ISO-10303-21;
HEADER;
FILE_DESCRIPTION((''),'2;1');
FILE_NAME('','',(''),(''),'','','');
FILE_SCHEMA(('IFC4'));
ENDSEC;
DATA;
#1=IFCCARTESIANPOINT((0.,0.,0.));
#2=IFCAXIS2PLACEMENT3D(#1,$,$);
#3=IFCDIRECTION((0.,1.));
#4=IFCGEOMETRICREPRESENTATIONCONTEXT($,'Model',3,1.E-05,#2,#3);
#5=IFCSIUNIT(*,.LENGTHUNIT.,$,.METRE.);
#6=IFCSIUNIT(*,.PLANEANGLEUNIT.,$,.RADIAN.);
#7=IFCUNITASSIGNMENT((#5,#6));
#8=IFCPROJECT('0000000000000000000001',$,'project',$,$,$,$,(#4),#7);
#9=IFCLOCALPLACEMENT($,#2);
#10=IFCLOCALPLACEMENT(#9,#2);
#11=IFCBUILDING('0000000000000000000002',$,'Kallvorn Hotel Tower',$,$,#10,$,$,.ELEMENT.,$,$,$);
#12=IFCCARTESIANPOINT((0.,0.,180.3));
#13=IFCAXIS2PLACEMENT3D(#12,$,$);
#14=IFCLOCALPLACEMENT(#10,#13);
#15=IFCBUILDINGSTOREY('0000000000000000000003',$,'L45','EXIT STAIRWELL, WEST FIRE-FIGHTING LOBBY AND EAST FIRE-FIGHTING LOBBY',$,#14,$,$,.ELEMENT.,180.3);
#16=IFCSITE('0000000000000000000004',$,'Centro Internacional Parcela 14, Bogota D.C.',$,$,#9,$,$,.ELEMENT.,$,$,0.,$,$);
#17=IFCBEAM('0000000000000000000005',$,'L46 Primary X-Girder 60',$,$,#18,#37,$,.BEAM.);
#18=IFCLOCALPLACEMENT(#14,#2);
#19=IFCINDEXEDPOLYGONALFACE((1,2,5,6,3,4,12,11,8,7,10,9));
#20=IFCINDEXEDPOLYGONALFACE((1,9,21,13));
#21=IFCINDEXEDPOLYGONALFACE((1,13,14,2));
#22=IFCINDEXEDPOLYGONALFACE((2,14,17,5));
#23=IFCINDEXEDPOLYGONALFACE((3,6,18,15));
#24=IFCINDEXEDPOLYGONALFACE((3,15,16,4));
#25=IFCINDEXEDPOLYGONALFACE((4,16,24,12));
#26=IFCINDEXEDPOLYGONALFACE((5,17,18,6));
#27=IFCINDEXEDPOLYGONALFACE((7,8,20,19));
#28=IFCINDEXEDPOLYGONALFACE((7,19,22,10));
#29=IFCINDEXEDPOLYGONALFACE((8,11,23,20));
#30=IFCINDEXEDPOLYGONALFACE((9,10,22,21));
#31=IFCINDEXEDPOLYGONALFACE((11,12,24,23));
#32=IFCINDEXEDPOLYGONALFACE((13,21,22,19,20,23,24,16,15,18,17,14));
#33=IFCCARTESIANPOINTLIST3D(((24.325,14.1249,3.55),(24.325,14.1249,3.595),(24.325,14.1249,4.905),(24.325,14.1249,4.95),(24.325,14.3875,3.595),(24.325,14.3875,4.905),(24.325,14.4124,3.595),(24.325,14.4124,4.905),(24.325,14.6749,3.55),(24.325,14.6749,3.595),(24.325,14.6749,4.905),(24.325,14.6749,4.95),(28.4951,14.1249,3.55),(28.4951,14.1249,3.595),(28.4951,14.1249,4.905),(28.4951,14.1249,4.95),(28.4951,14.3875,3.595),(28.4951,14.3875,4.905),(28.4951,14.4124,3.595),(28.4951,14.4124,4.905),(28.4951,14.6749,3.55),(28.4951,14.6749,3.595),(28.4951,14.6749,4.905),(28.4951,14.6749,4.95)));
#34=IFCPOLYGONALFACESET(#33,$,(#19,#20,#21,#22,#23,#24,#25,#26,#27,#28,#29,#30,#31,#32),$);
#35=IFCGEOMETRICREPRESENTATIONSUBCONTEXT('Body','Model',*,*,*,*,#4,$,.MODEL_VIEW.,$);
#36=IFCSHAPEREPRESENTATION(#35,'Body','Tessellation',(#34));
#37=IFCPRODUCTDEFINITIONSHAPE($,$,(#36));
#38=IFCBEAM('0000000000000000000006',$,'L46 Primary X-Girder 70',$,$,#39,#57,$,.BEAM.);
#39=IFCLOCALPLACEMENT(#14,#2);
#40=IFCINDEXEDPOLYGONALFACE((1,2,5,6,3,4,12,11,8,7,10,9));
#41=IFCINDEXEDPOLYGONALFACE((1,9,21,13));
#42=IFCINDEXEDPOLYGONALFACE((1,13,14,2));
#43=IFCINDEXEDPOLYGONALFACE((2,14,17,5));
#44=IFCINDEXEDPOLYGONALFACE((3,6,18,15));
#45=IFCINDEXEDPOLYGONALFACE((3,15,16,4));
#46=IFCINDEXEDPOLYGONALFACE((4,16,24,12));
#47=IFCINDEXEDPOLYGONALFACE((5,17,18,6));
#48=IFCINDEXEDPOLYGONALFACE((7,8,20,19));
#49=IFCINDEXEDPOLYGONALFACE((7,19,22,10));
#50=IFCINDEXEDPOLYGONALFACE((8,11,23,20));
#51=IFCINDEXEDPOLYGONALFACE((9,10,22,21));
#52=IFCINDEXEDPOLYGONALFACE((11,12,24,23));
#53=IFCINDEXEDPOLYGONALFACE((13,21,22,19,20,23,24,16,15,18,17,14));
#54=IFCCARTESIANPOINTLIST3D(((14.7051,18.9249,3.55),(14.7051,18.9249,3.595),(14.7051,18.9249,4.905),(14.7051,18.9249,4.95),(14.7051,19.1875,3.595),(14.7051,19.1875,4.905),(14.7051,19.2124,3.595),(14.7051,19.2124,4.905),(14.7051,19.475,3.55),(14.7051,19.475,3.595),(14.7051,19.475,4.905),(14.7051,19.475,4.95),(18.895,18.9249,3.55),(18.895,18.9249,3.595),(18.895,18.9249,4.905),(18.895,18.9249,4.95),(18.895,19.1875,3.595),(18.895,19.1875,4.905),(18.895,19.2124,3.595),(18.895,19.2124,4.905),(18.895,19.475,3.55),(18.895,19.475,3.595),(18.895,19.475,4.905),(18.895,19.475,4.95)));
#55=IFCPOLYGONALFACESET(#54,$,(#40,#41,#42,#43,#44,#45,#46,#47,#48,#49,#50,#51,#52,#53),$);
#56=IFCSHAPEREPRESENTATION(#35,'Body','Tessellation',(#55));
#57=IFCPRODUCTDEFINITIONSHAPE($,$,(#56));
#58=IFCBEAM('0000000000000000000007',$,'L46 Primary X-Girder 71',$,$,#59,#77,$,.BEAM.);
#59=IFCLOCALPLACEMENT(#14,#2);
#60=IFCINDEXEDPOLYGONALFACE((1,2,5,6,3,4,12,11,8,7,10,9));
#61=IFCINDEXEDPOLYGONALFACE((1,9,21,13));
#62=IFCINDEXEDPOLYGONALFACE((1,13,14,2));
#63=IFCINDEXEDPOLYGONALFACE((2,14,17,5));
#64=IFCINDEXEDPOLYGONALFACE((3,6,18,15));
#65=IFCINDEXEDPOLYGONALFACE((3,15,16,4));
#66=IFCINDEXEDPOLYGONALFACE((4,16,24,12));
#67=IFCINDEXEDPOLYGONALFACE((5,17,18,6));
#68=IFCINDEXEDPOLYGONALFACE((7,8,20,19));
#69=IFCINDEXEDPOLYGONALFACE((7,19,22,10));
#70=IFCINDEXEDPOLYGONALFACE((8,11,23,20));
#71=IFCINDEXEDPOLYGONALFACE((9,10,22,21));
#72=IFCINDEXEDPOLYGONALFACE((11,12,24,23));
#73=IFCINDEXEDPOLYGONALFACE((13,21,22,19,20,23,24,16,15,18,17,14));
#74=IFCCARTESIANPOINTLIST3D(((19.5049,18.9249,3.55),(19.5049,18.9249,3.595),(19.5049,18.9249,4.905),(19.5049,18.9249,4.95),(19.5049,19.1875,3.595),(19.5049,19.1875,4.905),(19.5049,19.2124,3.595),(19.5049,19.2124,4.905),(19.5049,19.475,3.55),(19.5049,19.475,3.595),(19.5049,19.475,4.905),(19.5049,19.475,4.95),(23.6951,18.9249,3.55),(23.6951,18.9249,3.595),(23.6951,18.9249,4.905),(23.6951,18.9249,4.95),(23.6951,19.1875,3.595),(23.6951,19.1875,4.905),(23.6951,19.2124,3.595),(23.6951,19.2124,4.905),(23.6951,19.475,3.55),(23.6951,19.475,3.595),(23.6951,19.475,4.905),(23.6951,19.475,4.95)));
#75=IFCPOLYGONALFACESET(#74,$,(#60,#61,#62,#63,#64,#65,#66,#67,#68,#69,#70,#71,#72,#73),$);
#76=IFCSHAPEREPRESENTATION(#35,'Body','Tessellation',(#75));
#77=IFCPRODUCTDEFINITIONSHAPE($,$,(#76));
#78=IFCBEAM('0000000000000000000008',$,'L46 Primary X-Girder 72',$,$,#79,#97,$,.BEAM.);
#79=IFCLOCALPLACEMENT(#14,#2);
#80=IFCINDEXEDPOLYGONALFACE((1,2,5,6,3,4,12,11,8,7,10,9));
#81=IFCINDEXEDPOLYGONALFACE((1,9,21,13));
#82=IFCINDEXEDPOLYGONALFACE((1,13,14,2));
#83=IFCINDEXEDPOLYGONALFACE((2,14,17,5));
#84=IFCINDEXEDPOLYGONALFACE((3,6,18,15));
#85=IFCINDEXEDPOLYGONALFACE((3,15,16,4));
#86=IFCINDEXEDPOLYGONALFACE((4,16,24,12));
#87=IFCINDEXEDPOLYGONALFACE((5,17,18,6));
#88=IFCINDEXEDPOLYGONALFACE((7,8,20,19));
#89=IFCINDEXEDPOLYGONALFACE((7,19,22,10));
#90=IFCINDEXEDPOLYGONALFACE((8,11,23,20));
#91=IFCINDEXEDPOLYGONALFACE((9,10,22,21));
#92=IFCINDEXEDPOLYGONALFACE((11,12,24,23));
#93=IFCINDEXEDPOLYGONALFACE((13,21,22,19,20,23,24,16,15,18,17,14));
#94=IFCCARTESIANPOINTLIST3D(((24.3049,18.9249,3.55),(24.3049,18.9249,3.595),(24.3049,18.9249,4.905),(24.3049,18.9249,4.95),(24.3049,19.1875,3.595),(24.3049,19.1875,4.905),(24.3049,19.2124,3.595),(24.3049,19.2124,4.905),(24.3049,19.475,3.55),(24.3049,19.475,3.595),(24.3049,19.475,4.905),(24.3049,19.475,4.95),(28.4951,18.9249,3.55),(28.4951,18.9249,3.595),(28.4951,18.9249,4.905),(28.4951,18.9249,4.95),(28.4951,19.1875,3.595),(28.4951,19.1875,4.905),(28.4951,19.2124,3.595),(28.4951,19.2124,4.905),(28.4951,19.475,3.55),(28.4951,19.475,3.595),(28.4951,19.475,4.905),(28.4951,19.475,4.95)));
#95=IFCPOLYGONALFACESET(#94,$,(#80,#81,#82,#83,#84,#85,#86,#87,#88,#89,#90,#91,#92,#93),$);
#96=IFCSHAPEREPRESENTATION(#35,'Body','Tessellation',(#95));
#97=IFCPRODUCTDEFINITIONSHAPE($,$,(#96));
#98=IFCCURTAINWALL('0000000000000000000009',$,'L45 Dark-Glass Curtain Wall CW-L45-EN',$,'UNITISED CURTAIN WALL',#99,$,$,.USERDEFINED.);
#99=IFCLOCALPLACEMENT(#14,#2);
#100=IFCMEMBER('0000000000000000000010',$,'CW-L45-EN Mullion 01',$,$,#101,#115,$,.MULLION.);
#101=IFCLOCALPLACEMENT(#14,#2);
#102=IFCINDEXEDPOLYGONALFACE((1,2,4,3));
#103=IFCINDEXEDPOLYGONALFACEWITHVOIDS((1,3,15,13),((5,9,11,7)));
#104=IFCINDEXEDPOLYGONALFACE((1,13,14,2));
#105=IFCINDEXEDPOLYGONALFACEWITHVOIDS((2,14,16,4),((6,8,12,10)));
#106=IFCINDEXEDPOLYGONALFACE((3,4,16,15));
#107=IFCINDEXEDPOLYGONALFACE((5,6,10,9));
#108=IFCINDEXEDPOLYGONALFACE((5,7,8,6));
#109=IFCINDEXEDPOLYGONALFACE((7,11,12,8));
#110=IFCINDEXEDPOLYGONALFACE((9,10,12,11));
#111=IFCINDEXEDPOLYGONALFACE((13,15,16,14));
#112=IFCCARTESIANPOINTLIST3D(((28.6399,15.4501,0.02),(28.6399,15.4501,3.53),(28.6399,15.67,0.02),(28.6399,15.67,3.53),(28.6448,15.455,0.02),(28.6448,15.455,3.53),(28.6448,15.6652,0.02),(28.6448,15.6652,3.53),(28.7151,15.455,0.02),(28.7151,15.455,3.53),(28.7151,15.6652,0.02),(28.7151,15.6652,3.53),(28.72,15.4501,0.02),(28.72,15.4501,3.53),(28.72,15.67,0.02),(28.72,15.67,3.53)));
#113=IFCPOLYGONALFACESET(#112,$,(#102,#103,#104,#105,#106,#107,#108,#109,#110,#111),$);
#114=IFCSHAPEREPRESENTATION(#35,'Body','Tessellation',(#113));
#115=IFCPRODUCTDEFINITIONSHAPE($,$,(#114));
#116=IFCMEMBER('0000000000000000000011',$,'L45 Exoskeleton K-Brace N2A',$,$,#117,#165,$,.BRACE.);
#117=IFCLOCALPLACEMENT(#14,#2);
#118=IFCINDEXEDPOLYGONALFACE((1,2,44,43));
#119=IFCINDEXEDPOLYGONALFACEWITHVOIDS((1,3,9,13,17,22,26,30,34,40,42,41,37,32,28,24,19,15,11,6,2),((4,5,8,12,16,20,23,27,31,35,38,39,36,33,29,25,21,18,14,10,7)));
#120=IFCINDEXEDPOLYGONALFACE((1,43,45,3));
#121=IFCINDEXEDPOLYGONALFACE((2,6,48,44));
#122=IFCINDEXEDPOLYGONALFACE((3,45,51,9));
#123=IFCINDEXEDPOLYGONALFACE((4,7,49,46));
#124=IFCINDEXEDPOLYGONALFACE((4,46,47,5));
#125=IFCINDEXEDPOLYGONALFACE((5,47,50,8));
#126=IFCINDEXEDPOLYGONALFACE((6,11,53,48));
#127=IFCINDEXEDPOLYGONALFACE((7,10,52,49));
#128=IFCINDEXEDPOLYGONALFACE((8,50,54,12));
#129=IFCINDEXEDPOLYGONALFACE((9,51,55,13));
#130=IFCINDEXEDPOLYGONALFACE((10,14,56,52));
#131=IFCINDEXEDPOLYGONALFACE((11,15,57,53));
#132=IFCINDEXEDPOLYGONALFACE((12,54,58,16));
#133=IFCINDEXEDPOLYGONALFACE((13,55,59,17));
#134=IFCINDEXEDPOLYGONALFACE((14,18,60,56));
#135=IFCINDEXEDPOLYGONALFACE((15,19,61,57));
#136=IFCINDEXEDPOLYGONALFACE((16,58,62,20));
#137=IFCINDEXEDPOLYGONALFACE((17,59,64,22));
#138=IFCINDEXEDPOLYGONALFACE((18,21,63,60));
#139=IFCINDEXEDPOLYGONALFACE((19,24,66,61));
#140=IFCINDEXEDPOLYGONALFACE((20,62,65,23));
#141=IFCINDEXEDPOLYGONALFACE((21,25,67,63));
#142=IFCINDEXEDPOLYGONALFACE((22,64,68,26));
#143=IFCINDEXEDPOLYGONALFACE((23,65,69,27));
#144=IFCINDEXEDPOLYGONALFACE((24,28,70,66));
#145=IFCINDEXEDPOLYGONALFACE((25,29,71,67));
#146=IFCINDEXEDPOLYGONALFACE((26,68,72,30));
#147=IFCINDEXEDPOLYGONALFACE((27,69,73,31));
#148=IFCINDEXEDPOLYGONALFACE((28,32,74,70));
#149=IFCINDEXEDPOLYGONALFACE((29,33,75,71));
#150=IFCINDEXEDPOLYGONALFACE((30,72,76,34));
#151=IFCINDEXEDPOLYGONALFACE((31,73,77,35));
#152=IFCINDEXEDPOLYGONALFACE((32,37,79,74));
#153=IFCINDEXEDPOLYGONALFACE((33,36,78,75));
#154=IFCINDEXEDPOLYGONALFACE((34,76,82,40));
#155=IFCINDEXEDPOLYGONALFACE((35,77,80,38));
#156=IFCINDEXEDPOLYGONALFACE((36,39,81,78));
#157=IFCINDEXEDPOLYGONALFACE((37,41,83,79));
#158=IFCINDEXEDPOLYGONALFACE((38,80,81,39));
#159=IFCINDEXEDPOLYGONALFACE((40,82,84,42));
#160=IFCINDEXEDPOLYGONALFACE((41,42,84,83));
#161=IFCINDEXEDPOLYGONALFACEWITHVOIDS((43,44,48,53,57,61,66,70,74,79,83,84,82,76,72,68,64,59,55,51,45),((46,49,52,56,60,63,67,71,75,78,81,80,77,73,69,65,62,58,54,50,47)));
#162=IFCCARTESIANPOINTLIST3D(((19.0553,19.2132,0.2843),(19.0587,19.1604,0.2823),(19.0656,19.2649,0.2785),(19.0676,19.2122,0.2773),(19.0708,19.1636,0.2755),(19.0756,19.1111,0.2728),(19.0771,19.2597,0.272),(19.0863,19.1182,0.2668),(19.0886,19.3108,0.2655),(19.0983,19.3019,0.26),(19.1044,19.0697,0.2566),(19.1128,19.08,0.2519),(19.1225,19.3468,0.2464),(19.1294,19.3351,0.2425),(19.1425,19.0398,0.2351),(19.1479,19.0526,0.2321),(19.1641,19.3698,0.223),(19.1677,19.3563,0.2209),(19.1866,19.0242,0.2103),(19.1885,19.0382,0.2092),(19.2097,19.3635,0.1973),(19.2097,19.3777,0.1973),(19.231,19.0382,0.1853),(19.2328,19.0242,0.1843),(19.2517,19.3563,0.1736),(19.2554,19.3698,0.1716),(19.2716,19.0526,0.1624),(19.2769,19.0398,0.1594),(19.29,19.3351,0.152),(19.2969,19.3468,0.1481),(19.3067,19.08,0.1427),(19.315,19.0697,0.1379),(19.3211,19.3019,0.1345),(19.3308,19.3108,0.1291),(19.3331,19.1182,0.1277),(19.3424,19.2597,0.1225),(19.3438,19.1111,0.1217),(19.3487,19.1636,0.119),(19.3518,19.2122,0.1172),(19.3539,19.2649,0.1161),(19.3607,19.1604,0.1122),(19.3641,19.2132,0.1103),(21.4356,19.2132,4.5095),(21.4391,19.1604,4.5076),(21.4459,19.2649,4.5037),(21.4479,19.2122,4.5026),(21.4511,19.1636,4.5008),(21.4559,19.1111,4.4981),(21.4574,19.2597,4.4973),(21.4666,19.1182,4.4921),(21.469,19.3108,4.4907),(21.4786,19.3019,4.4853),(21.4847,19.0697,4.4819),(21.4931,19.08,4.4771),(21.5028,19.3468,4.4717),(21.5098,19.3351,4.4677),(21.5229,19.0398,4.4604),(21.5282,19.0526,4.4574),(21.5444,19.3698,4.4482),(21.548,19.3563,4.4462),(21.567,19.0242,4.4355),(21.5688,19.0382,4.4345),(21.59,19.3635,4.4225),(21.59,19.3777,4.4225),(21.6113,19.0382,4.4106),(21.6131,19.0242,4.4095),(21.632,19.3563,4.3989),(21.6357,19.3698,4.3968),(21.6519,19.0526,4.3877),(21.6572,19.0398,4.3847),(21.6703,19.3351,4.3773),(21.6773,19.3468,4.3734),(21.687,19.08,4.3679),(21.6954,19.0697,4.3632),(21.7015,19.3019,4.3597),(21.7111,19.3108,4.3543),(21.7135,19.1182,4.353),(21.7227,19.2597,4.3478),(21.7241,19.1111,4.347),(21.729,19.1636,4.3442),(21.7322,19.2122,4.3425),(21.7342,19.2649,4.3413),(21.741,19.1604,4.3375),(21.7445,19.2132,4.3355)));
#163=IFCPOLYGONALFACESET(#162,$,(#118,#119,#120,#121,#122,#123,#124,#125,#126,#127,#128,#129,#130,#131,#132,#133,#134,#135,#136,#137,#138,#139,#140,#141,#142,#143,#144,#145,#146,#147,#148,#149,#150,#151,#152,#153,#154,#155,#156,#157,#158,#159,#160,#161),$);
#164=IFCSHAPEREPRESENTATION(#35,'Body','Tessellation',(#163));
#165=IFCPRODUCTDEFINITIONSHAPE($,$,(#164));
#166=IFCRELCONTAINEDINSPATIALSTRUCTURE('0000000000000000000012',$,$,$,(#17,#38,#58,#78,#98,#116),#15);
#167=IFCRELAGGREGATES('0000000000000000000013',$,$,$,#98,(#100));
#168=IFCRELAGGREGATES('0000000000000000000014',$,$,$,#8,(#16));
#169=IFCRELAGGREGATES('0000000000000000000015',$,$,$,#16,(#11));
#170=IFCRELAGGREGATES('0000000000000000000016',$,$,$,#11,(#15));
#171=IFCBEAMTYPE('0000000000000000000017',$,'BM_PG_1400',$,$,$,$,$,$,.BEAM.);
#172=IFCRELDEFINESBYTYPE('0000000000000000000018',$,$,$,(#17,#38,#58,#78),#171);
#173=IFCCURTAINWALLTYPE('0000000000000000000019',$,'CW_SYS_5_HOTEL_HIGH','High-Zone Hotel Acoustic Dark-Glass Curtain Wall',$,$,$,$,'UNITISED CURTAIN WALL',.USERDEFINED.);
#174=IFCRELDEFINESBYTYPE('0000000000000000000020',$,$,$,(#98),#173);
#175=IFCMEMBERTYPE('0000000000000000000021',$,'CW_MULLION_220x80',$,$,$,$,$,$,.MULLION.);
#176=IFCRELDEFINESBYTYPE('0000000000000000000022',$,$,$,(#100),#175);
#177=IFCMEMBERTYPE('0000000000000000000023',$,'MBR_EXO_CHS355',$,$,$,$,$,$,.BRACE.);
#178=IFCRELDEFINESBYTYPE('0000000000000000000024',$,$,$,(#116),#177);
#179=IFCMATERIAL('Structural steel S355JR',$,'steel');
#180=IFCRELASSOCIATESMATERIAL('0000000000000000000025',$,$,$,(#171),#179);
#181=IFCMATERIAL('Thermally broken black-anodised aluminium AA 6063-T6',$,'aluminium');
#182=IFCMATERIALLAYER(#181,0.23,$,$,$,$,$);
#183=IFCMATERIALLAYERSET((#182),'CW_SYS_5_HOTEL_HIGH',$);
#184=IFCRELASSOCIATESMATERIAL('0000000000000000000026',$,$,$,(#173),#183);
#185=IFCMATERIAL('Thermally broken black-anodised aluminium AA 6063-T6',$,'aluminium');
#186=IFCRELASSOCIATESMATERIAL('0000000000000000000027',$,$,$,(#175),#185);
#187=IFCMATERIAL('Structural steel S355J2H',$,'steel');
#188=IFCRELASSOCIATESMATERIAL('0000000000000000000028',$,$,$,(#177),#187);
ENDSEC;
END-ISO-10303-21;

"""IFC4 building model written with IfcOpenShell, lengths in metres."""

from ifc_helpers import new_model, si_unit, direction, frame, origin, origin_2d, place, context, subcontext, project, spatial, hollow_rectangle, hollow_circle, i_section, extrude, material, layer, layer_set, material_profile, profile_set, type_object, element, aggregate, save


model = new_model("IFC4")

# Units and contexts
model_context = context("Model", 3, precision=1e-05, world=origin(), true_north=direction((0.0, 1.0)))
body_context = subcontext(model_context, "Body", "Model", "MODEL_VIEW")
ifc_project = project(units=[si_unit("LENGTHUNIT", "METRE"), si_unit("PLANEANGLEUNIT", "RADIAN")], contexts=[model_context])

# Site, building, storey
site_placement = place(None, origin())
site = spatial("IfcSite", under=ifc_project, at=site_placement, Name="Centro Internacional Parcela 14, Bogota D.C.", CompositionType="ELEMENT", RefElevation=0.0)
building_placement = place(site_placement, origin())
building = spatial("IfcBuilding", under=site, at=building_placement, Name="Kallvorn Hotel Tower", CompositionType="ELEMENT")
storey_placement = place(building_placement, frame((0.0, 0.0, 180.3)))
storey = spatial("IfcBuildingStorey", under=building, at=storey_placement, Name="L45", Description="EXIT STAIRWELL, WEST FIRE-FIGHTING LOBBY AND EAST FIRE-FIGHTING LOBBY", CompositionType="ELEMENT", Elevation=180.3)

# Beams
ifc_material_1 = material(Name="Structural steel S355JR", Category="steel")
ifc_material_profile_1 = material_profile(ifc_material_1, i_section(OverallWidth=0.55, OverallDepth=1.3999, WebThickness=0.0249, FlangeThickness=0.0449, at=origin_2d()), Name="PG 1400x550x25x45")
ifc_profile_set_1 = profile_set([ifc_material_profile_1], Name="Structural steel S355JR")
beam_type_1 = type_object("IfcBeamType", Name="BM_PG_1400", PredefinedType="BEAM", material=ifc_profile_set_1)
for number, where, z_axis, x_axis, name in (
    (1, (24.325, 14.3999, 4.25), (1.0, 0.0, 0.0), (0.0, 1.0, 0.0), "L46 Primary X-Girder 60"),
):
    element("IfcBeam", number, at=place(storey_placement, frame(where, z_axis=z_axis, x_axis=x_axis)), inside=storey, type_object=beam_type_1, Name=name, PredefinedType="BEAM", context=body_context, shape_type="SweptSolid", body=[
        extrude(i_section(OverallWidth=0.55, OverallDepth=1.3999, WebThickness=0.0249, FlangeThickness=0.0449, at=origin_2d()), origin(), (0.0, 0.0, 1.0), 4.1702),
    ])
beam_1_placement = place(storey_placement, frame((14.7051, 19.2, 4.25), z_axis=(1.0, 0.0, 0.0), x_axis=(0.0, 1.0, 0.0)))
element("IfcBeam", 2, at=beam_1_placement, inside=storey, type_object=beam_type_1, Name="L46 Primary X-Girder 70", PredefinedType="BEAM", context=body_context, shape_type="SweptSolid", body=[
    extrude(i_section(OverallWidth=0.55, OverallDepth=1.3999, WebThickness=0.0249, FlangeThickness=0.0449, at=origin_2d()), origin(), (0.0, 0.0, 1.0), 4.1899),
])
for number, where, z_axis, x_axis, name in (
    (3, (19.5049, 19.2, 4.25), (1.0, 0.0, 0.0), (0.0, 1.0, 0.0), "L46 Primary X-Girder 71"),
    (4, (24.3049, 19.2, 4.25), (1.0, 0.0, 0.0), (0.0, 1.0, 0.0), "L46 Primary X-Girder 72"),
):
    element("IfcBeam", number, at=place(storey_placement, frame(where, z_axis=z_axis, x_axis=x_axis)), inside=storey, type_object=beam_type_1, Name=name, PredefinedType="BEAM", context=body_context, shape_type="SweptSolid", body=[
        extrude(i_section(OverallWidth=0.55, OverallDepth=1.3999, WebThickness=0.0249, FlangeThickness=0.0449, at=origin_2d()), origin(), (0.0, 0.0, 1.0), 4.1902),
    ])

# Curtain wall, member
ifc_material_2 = material(Name="Thermally broken black-anodised aluminium AA 6063-T6", Category="aluminium")
ifc_layer_1 = layer(ifc_material_2, 0.23)
ifc_layer_set_1 = layer_set([ifc_layer_1], Name="CW_SYS_5_HOTEL_HIGH")
curtain_wall_type = type_object("IfcCurtainWallType", Name="CW_SYS_5_HOTEL_HIGH", Description="High-Zone Hotel Acoustic Dark-Glass Curtain Wall", ElementType="UNITISED CURTAIN WALL", PredefinedType="USERDEFINED", material=ifc_layer_set_1)
curtain_wall_placement = place(storey_placement, origin())
curtain_wall = element("IfcCurtainWall", 5, at=curtain_wall_placement, inside=storey, type_object=curtain_wall_type, Name="L45 Dark-Glass Curtain Wall CW-L45-EN", ObjectType="UNITISED CURTAIN WALL", PredefinedType="USERDEFINED")
ifc_material_3 = material(Name="Thermally broken black-anodised aluminium AA 6063-T6", Category="aluminium")
ifc_material_profile_2 = material_profile(ifc_material_3, hollow_rectangle(XDim=0.0801, YDim=0.22, WallThickness=0.0049, at=origin_2d()), Name="MUL 220x80")
ifc_profile_set_2 = profile_set([ifc_material_profile_2], Name="Thermally broken black-anodised aluminium AA 6063-T6")
member_type_1 = type_object("IfcMemberType", Name="CW_MULLION_220x80", PredefinedType="MULLION", material=ifc_profile_set_2)
member_placement = place(storey_placement, frame((28.6799, 15.5601, 0.02), z_axis=(0.0, 0.0, 1.0), x_axis=(1.0, 0.0, 0.0)))
member = element("IfcMember", 6, at=member_placement, type_object=member_type_1, Name="CW-L45-EN Mullion 01", PredefinedType="MULLION", context=body_context, shape_type="SweptSolid", body=[
    extrude(hollow_rectangle(XDim=0.0801, YDim=0.22, WallThickness=0.0049, at=origin_2d()), origin(), (0.0, 0.0, 1.0), 3.51),
])
aggregate(curtain_wall, [member])

# Member
ifc_material_4 = material(Name="Structural steel S355J2H", Category="steel")
ifc_material_profile_3 = material_profile(ifc_material_4, hollow_circle(Radius=0.1777, WallThickness=0.0142, at=origin_2d()), Name="CHS 355.6x14.2")
ifc_profile_set_3 = profile_set([ifc_material_profile_3], Name="Structural steel S355J2H")
member_type_2 = type_object("IfcMemberType", Name="MBR_EXO_CHS355", PredefinedType="BRACE", material=ifc_profile_set_3)
for number, where, z_axis, x_axis, name in (
    (7, (19.2097, 19.2, 0.1973), (0.490828, 0.0, 0.871257), (0.0, 1.0, 0.0), "L45 Exoskeleton K-Brace N2A"),
):
    element("IfcMember", number, at=place(storey_placement, frame(where, z_axis=z_axis, x_axis=x_axis)), inside=storey, type_object=member_type_2, Name=name, PredefinedType="BRACE", context=body_context, shape_type="SweptSolid", body=[
        extrude(hollow_circle(Radius=0.1777, WallThickness=0.0142, at=origin_2d()), origin(), (0.0, 0.0, 1.0), 4.8496),
    ])

save(model, "model.ifc")
